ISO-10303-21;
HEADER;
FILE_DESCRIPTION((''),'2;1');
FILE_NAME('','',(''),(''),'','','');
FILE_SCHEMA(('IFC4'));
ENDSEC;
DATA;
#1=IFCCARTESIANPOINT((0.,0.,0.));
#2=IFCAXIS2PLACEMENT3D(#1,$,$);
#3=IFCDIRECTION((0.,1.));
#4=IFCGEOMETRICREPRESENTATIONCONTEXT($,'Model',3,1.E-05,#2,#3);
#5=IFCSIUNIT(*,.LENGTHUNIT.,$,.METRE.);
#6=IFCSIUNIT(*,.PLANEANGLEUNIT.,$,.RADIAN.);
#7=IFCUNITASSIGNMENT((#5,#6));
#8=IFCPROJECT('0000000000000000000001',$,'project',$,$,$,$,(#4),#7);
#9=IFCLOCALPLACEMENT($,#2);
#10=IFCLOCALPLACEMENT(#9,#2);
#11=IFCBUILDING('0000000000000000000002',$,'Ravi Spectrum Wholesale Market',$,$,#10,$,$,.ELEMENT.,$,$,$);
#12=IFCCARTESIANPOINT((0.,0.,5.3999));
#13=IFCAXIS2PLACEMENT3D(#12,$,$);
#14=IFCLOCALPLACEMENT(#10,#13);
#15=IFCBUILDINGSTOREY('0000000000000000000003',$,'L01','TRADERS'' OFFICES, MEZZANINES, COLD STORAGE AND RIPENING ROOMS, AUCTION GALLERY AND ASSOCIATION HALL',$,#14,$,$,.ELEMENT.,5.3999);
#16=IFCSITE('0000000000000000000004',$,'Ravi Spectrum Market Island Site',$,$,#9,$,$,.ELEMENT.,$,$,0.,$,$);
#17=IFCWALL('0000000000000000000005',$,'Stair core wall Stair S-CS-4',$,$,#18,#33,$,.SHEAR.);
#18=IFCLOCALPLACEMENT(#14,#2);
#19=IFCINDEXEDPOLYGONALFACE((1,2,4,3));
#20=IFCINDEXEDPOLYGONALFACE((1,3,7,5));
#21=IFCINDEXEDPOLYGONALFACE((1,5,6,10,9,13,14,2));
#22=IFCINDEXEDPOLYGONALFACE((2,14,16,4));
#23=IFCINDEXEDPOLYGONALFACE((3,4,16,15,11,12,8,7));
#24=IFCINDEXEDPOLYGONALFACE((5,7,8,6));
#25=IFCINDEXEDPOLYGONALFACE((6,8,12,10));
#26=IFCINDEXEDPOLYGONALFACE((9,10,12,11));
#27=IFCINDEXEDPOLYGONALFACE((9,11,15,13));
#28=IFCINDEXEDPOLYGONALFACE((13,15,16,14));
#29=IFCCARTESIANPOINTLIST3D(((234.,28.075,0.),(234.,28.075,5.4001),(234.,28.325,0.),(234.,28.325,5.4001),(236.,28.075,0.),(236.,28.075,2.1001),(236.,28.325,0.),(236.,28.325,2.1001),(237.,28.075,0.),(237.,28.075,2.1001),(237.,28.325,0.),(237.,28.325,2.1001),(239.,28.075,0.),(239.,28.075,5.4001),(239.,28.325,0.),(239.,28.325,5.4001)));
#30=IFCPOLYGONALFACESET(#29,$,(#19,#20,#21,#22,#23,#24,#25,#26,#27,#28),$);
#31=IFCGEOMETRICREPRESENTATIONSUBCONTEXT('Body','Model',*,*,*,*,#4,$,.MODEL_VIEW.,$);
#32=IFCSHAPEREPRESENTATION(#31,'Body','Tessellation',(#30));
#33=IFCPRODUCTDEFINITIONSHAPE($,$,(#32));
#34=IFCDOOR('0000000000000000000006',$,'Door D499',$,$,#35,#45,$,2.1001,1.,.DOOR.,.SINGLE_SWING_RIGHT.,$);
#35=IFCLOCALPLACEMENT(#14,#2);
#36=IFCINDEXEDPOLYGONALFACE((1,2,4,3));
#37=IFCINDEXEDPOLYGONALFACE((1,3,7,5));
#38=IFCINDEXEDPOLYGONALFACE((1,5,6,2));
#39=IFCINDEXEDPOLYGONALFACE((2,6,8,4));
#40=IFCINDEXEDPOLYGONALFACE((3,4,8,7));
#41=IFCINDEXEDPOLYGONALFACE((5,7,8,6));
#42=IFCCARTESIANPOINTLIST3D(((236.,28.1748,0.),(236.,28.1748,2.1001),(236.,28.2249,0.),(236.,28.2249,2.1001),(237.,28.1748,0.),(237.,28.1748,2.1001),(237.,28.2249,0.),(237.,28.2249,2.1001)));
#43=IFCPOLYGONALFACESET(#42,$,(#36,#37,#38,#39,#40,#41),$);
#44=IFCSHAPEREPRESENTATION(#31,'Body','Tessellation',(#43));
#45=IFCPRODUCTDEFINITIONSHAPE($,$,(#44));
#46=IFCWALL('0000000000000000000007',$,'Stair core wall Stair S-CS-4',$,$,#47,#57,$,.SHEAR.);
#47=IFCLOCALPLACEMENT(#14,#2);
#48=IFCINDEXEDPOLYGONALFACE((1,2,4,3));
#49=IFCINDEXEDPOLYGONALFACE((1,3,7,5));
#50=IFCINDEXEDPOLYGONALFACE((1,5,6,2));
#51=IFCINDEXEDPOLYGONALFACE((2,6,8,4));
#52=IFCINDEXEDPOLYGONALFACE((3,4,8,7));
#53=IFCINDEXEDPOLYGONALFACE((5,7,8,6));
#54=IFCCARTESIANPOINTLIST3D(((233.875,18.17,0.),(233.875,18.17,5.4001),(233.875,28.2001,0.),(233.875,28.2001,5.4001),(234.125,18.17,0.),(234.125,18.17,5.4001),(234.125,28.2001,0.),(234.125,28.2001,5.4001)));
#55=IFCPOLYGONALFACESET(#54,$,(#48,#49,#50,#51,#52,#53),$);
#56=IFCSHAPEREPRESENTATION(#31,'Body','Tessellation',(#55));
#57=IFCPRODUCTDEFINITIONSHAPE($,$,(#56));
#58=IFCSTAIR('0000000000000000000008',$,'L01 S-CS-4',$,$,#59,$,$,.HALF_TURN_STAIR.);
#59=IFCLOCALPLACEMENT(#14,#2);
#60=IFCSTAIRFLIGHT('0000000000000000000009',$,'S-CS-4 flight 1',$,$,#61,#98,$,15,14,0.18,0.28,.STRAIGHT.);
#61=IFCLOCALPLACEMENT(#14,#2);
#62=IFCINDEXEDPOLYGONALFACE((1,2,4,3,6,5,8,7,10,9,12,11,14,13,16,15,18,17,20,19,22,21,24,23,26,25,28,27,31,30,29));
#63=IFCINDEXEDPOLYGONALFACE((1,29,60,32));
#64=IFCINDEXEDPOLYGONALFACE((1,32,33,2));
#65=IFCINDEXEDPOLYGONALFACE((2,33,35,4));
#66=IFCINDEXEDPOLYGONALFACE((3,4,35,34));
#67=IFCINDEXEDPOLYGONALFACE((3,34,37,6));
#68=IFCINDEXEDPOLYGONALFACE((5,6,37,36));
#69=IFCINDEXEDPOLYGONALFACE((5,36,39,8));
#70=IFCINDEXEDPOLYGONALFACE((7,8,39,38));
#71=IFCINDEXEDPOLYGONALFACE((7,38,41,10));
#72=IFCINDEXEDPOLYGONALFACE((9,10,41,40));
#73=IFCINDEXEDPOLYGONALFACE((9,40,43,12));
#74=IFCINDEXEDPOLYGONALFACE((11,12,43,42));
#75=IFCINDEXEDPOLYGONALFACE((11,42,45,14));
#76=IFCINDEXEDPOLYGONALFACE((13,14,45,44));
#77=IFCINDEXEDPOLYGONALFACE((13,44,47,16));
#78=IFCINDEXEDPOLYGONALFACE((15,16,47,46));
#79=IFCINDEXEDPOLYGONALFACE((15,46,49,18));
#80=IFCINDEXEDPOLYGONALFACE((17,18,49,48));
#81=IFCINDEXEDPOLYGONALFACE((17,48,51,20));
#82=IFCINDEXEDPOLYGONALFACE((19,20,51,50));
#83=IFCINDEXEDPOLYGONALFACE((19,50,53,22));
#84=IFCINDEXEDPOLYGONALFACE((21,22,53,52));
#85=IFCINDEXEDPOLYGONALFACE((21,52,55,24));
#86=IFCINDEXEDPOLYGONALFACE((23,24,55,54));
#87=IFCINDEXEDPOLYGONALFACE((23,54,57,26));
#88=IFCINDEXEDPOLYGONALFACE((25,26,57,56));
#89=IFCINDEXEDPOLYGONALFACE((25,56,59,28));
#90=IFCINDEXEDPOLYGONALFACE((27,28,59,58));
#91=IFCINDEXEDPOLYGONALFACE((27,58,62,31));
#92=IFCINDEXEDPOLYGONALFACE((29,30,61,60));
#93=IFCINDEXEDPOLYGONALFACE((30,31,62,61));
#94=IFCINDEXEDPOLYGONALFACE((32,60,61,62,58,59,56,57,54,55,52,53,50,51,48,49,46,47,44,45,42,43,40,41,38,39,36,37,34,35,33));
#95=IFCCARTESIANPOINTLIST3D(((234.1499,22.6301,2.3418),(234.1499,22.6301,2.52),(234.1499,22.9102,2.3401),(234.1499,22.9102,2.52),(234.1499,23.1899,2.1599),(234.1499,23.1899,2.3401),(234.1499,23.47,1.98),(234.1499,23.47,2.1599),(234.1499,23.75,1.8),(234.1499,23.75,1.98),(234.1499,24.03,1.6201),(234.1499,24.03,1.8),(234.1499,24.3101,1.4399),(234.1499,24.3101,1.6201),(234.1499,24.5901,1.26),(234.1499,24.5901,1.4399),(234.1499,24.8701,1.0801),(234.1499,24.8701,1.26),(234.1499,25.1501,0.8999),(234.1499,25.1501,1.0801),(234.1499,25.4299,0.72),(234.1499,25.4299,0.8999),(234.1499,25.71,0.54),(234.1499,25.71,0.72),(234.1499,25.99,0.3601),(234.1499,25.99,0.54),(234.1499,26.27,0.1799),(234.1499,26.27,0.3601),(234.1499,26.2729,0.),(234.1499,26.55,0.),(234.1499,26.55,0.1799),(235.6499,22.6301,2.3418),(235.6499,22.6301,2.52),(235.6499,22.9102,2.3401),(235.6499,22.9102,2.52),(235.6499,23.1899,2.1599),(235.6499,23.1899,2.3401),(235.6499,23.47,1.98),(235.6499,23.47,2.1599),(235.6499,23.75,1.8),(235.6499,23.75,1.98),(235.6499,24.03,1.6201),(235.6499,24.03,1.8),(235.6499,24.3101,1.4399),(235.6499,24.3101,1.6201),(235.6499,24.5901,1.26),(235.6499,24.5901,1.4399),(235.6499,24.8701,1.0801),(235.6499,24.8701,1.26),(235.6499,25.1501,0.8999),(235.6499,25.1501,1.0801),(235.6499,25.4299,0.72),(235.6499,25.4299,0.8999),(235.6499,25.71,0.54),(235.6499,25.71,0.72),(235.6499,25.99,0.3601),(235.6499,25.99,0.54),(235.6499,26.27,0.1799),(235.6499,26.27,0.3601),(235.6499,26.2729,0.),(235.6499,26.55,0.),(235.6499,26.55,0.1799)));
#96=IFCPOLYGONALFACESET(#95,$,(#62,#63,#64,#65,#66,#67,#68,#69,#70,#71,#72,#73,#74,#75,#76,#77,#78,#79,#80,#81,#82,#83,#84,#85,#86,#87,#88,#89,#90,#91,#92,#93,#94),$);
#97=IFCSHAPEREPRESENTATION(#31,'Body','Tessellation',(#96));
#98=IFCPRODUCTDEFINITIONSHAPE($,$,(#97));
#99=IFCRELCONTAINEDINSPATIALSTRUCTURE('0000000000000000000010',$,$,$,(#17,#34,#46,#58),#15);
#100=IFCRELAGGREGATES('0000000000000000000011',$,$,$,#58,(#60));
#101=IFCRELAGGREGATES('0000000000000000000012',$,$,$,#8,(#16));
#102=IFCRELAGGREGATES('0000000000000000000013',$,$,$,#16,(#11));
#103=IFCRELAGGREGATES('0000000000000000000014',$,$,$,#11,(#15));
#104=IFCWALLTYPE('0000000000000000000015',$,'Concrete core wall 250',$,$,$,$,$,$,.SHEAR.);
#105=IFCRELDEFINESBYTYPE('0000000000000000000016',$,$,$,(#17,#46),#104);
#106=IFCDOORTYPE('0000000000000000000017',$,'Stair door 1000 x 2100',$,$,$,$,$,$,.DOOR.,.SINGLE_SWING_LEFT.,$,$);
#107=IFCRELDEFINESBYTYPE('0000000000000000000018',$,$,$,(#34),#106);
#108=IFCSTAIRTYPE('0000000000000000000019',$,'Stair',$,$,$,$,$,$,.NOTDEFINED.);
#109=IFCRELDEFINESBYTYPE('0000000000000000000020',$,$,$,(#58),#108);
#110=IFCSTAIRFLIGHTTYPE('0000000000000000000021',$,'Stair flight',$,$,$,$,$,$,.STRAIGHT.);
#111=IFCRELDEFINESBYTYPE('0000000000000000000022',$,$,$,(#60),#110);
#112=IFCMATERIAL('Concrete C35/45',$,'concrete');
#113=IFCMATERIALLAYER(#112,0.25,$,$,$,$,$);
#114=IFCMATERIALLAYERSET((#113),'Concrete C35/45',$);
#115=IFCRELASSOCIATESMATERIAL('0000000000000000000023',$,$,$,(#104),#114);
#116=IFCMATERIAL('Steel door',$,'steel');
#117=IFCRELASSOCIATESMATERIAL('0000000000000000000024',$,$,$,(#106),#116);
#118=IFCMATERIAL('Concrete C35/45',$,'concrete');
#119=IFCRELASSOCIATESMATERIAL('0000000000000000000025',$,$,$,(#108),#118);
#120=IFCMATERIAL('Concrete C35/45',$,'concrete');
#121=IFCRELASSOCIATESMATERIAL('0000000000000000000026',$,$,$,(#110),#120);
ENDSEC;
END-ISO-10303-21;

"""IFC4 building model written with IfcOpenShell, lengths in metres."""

from ifc_helpers import new_model, si_unit, direction, frame, frame_2d, origin, place, context, subcontext, project, spatial, polyline, rectangle, outline, extrude, material, layer, layer_set, type_object, element, fill, aggregate, save


model = new_model("IFC4")

# Units and contexts
model_context = context("Model", 3, precision=1e-05, world=origin(), true_north=direction((0.0, 1.0)))
body_context = subcontext(model_context, "Body", "Model", "MODEL_VIEW")
ifc_project = project(units=[si_unit("LENGTHUNIT", "METRE"), si_unit("PLANEANGLEUNIT", "RADIAN")], contexts=[model_context])

# Site, building, storey
site_placement = place(None, origin())
site = spatial("IfcSite", under=ifc_project, at=site_placement, Name="Ravi Spectrum Market Island Site", CompositionType="ELEMENT", RefElevation=0.0)
building_placement = place(site_placement, origin())
building = spatial("IfcBuilding", under=site, at=building_placement, Name="Ravi Spectrum Wholesale Market", CompositionType="ELEMENT")
storey_placement = place(building_placement, frame((0.0, 0.0, 5.3999)))
storey = spatial("IfcBuildingStorey", under=building, at=storey_placement, Name="L01", Description="TRADERS' OFFICES, MEZZANINES, COLD STORAGE AND RIPENING ROOMS, AUCTION GALLERY AND ASSOCIATION HALL", CompositionType="ELEMENT", Elevation=5.3999)

# Shared definitions
ifc_material_1 = material(Name="Concrete C35/45", Category="concrete")
ifc_layer_1 = layer(ifc_material_1, 0.25)
ifc_layer_set_1 = layer_set([ifc_layer_1], Name="Concrete C35/45")
wall_type_1 = type_object("IfcWallType", Name="Concrete core wall 250", PredefinedType="SHEAR", material=ifc_layer_set_1)

# Wall, opening, door
wall_1_placement = place(storey_placement, frame((234.0, 28.2, 0.0), z_axis=(0.0, 0.0, 1.0), x_axis=(1.0, 0.0, 0.0)))
wall_1 = element("IfcWall", 1, at=wall_1_placement, inside=storey, type_object=wall_type_1, Name="Stair core wall Stair S-CS-4", PredefinedType="SHEAR", context=body_context, shape_type="SweptSolid", body=[
    extrude(rectangle(XDim=5.0, YDim=0.25, at=frame_2d((2.5, 0.0))), origin(), (0.0, 0.0, 1.0), 5.4001),
])
opening_placement = place(wall_1_placement, frame((2.0, 0.0, 0.0)))
opening = element("IfcOpeningElement", 2, at=opening_placement, cuts=wall_1, PredefinedType="OPENING", context=body_context, shape_type="SweptSolid", body=[
    extrude(rectangle(XDim=1.0, YDim=2.1001, at=frame_2d((0.5, 1.05))), frame((0.0, 0.135, 0.0), z_axis=(0.0, -1.0, 0.0), x_axis=(1.0, 0.0, 0.0)), (0.0, 0.0, 1.0), 0.27),
])
ifc_material_2 = material(Name="Steel door", Category="steel")
door_type = type_object("IfcDoorType", Name="Stair door 1000 x 2100", OperationType="SINGLE_SWING_LEFT", PredefinedType="DOOR", material=ifc_material_2)
door_placement = place(opening_placement, origin())
door = element("IfcDoor", 3, at=door_placement, inside=storey, type_object=door_type, Name="Door D499", OperationType="SINGLE_SWING_RIGHT", OverallHeight=2.1001, OverallWidth=1.0, PredefinedType="DOOR", context=body_context, shape_type="SweptSolid", body=[
    extrude(rectangle(XDim=1.0, YDim=2.1001, at=frame_2d((0.5, 1.05))), frame((0.0, 0.0249, 0.0), z_axis=(0.0, -1.0, 0.0), x_axis=(1.0, 0.0, 0.0)), (0.0, 0.0, 1.0), 0.05),
])
fill(opening, door)

# Wall
wall_2_placement = place(storey_placement, frame((234.0, 18.1699, 0.0), z_axis=(0.0, 0.0, 1.0), x_axis=(0.0, 1.0, 0.0)))
element("IfcWall", 4, at=wall_2_placement, inside=storey, type_object=wall_type_1, Name="Stair core wall Stair S-CS-4", PredefinedType="SHEAR", context=body_context, shape_type="SweptSolid", body=[
    extrude(rectangle(XDim=10.03, YDim=0.25, at=frame_2d((5.0151, 0.0))), origin(), (0.0, 0.0, 1.0), 5.4001),
])

# Stair, stair flight
ifc_material_3 = material(Name="Concrete C35/45", Category="concrete")
stair_type = type_object("IfcStairType", Name="Stair", PredefinedType="NOTDEFINED", material=ifc_material_3)
stair_placement = place(storey_placement, origin())
stair = element("IfcStair", 5, at=stair_placement, inside=storey, type_object=stair_type, Name="L01 S-CS-4", PredefinedType="HALF_TURN_STAIR")
ifc_material_4 = material(Name="Concrete C35/45", Category="concrete")
stair_flight_type = type_object("IfcStairFlightType", Name="Stair flight", PredefinedType="STRAIGHT", material=ifc_material_4)
stair_flight_placement = place(storey_placement, frame((234.8999, 26.55, 0.0), z_axis=(0.0, 0.0, 1.0), x_axis=(0.0, -1.0, 0.0)))
stair_flight = element("IfcStairFlight", 6, at=stair_flight_placement, type_object=stair_flight_type, Name="S-CS-4 flight 1", NumberOfRisers=15, NumberOfTreads=14, PredefinedType="STRAIGHT", RiserHeight=0.18, TreadLength=0.28, context=body_context, shape_type="SweptSolid", body=[
    extrude(outline(polyline([(0.0, 0.0), (0.0, 0.1799), (0.28, 0.1799), (0.28, 0.3601), (0.5601, 0.3601), (0.5601, 0.54), (0.8401, 0.54), (0.8401, 0.72), (1.1201, 0.72), (1.1201, 0.8999), (1.3999, 0.8999), (1.3999, 1.0801), (1.6799, 1.0801), (1.6799, 1.26), (1.96, 1.26), (1.96, 1.4399), (2.24, 1.4399), (2.24, 1.6201), (2.52, 1.6201), (2.52, 1.8), (2.8, 1.8), (2.8, 1.98), (3.0801, 1.98), (3.0801, 2.1599), (3.3601, 2.1599), (3.3601, 2.3401), (3.6399, 2.3401), (3.6399, 2.52), (3.9199, 2.52), (3.9199, 2.7), (3.9199, 2.3418), (0.2771, 0.0), (0.0, 0.0)])), frame((0.0, 0.75, 0.0), z_axis=(0.0, -1.0, 0.0), x_axis=(1.0, 0.0, 0.0)), (0.0, 0.0, 1.0), 1.5),
])
aggregate(stair, [stair_flight])

save(model, "model.ifc")
